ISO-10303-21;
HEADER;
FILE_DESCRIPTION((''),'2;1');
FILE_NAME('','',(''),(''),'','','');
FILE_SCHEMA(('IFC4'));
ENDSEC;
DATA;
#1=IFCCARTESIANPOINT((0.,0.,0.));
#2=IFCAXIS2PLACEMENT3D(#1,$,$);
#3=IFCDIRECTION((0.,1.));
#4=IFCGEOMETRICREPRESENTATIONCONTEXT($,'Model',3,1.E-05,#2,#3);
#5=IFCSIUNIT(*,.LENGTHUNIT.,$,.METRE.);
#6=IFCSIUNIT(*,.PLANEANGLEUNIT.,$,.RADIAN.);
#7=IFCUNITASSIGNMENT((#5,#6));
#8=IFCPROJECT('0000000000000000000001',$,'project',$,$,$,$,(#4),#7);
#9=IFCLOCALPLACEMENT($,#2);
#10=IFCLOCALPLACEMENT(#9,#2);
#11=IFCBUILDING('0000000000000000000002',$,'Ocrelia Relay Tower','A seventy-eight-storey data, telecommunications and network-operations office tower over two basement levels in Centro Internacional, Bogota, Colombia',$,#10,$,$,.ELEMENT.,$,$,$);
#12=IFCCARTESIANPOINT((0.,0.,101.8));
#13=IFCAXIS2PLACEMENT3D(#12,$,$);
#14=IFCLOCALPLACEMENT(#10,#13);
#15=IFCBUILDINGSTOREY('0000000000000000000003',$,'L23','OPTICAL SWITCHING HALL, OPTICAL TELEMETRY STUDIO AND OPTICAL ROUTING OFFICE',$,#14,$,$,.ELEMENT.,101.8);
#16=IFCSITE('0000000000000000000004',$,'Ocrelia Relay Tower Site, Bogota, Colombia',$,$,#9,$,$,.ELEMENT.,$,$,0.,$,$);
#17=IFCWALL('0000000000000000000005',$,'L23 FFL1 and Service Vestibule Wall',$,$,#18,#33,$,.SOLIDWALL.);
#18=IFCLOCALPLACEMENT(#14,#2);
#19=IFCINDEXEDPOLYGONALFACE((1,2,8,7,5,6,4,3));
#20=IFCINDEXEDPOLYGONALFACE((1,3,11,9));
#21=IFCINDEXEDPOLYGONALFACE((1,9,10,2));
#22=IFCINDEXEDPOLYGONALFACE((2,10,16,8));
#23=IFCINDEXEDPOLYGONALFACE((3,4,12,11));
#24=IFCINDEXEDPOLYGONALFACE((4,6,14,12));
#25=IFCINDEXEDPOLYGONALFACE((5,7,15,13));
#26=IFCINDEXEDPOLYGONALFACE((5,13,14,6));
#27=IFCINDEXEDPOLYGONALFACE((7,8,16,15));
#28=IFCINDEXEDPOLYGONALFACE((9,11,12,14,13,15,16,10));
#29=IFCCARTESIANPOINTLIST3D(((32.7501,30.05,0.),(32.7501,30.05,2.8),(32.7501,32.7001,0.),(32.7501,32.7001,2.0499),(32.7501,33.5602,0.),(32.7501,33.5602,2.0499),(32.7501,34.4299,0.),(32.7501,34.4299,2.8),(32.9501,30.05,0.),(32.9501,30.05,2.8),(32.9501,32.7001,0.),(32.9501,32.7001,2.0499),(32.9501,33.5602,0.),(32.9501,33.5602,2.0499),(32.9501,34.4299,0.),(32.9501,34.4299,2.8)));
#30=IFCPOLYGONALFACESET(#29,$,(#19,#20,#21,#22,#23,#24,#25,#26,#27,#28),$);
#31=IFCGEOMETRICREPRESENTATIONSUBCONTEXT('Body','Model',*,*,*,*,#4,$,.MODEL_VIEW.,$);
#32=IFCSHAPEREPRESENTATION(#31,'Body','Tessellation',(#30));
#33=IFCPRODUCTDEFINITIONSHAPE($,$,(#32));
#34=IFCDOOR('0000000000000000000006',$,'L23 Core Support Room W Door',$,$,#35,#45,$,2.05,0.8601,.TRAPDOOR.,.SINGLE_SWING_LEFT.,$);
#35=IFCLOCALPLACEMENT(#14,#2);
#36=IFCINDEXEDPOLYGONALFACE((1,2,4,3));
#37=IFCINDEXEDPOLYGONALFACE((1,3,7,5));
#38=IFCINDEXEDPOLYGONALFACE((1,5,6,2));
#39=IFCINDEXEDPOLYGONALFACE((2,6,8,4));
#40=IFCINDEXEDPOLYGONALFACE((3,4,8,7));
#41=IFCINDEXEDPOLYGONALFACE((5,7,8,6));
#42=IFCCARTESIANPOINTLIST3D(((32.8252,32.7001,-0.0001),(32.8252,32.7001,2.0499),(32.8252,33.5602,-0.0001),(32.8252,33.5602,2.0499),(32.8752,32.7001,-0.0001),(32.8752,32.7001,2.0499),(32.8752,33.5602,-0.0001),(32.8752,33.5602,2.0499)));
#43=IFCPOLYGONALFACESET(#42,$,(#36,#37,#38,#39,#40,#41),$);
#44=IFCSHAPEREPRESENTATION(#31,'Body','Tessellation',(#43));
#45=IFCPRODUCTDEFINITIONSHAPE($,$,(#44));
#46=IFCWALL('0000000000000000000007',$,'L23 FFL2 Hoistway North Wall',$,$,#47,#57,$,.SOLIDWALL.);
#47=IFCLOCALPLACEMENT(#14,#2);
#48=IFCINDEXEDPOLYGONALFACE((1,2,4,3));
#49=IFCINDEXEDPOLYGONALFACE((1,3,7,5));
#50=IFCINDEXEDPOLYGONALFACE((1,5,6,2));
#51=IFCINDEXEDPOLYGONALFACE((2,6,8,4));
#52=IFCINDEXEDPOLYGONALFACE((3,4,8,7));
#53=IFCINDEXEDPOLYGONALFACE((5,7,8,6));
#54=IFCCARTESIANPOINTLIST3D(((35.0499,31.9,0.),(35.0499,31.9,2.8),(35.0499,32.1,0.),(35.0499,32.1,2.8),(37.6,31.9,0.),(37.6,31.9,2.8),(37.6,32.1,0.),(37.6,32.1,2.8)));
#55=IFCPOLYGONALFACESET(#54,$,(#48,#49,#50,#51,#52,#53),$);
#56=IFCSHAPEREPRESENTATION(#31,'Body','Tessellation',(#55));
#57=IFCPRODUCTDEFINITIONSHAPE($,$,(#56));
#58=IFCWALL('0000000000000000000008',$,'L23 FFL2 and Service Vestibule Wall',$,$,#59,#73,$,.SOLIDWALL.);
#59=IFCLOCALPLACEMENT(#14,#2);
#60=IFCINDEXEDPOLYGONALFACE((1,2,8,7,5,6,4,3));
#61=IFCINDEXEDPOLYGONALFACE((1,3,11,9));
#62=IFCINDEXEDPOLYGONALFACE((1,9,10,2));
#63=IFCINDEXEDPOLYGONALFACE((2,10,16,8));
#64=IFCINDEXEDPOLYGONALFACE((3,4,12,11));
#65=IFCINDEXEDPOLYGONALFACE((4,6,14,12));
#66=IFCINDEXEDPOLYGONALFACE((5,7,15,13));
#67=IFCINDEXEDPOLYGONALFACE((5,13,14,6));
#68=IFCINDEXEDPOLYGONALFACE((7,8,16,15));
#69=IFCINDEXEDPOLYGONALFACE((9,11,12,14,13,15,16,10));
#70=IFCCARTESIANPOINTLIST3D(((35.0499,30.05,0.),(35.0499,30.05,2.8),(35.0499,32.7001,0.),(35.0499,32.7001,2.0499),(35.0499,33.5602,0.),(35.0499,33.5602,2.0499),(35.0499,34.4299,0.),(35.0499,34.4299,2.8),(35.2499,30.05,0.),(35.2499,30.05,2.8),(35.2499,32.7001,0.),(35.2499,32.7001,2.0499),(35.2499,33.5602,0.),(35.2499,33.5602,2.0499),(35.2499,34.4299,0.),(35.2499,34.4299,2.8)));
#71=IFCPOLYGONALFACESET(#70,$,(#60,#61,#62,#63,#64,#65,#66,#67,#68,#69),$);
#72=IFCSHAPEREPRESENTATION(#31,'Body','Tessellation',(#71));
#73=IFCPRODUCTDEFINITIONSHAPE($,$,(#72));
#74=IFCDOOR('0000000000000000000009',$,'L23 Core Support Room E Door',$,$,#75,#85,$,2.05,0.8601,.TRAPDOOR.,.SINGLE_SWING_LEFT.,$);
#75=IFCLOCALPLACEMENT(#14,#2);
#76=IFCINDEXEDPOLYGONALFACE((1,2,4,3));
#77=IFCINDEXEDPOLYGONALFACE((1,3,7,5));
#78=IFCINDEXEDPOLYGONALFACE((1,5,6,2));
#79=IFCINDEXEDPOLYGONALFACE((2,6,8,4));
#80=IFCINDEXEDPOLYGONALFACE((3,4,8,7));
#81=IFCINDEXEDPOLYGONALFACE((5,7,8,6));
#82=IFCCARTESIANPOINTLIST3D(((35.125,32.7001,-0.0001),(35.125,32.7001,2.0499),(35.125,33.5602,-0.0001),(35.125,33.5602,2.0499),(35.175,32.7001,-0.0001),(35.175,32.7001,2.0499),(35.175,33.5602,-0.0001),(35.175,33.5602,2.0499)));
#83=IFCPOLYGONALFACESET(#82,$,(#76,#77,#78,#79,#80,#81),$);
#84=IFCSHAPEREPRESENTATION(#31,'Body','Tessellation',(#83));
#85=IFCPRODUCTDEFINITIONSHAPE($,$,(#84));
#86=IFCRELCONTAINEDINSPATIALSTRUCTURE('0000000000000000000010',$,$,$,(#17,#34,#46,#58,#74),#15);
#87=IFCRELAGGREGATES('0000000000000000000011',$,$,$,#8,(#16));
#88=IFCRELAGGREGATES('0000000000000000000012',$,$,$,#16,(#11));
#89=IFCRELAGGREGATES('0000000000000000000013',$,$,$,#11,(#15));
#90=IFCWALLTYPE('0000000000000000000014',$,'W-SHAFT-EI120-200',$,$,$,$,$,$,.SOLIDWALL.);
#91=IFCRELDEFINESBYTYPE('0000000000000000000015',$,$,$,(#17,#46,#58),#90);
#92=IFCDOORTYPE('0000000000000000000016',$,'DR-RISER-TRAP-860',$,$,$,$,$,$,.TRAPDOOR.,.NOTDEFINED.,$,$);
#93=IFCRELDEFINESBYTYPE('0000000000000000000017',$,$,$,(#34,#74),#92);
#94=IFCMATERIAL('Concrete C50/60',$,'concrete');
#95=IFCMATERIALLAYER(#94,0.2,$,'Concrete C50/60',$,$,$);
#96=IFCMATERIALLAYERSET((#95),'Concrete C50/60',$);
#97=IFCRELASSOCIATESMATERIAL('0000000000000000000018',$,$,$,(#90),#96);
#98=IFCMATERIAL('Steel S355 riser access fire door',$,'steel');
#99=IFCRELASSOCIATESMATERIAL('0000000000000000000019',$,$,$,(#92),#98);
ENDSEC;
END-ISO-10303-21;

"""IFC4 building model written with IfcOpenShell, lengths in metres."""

from ifc_helpers import new_model, si_unit, direction, frame, frame_2d, origin, place, context, subcontext, project, spatial, rectangle, extrude, material, layer, layer_set, type_object, element, fill, save


model = new_model("IFC4")

# Units and contexts
model_context = context("Model", 3, precision=1e-05, world=origin(), true_north=direction((0.0, 1.0)))
body_context = subcontext(model_context, "Body", "Model", "MODEL_VIEW")
ifc_project = project(units=[si_unit("LENGTHUNIT", "METRE"), si_unit("PLANEANGLEUNIT", "RADIAN")], contexts=[model_context])

# Site, building, storey
site_placement = place(None, origin())
site = spatial("IfcSite", under=ifc_project, at=site_placement, Name="Ocrelia Relay Tower Site, Bogota, Colombia", CompositionType="ELEMENT", RefElevation=0.0)
building_placement = place(site_placement, origin())
building = spatial("IfcBuilding", under=site, at=building_placement, Name="Ocrelia Relay Tower", Description="A seventy-eight-storey data, telecommunications and network-operations office tower over two basement levels in Centro Internacional, Bogota, Colombia", CompositionType="ELEMENT")
storey_placement = place(building_placement, frame((0.0, 0.0, 101.8)))
storey = spatial("IfcBuildingStorey", under=building, at=storey_placement, Name="L23", Description="OPTICAL SWITCHING HALL, OPTICAL TELEMETRY STUDIO AND OPTICAL ROUTING OFFICE", CompositionType="ELEMENT", Elevation=101.8)

# Shared definitions
ifc_material_1 = material(Name="Concrete C50/60", Category="concrete")

# Wall, opening, door
ifc_layer_1 = layer(ifc_material_1, 0.2, Name="Concrete C50/60")
ifc_layer_set_1 = layer_set([ifc_layer_1], Name="Concrete C50/60")
wall_type_1 = type_object("IfcWallType", Name="W-SHAFT-EI120-200", PredefinedType="SOLIDWALL", material=ifc_layer_set_1)
wall_1_placement = place(storey_placement, frame((32.8501, 30.05, 0.0), z_axis=(0.0, 0.0, 1.0), x_axis=(0.0, 1.0, 0.0)))
wall_1 = element("IfcWall", 1, at=wall_1_placement, inside=storey, type_object=wall_type_1, Name="L23 FFL1 and Service Vestibule Wall", PredefinedType="SOLIDWALL", context=body_context, shape_type="SweptSolid", body=[
    extrude(rectangle(XDim=4.3799, YDim=0.2, at=frame_2d((2.1899, 0.0))), origin(), (0.0, 0.0, 1.0), 2.8),
])
opening_1_placement = place(wall_1_placement, frame((2.6499, 0.0, 0.0)))
opening_1 = element("IfcOpeningElement", 2, at=opening_1_placement, cuts=wall_1, PredefinedType="OPENING", context=body_context, shape_type="SweptSolid", body=[
    extrude(rectangle(XDim=0.8601, YDim=2.05, at=frame_2d((0.4302, 1.0249))), frame((0.0, 0.1099, 0.0), z_axis=(0.0, -1.0, 0.0), x_axis=(1.0, 0.0, 0.0)), (0.0, 0.0, 1.0), 0.22),
])
ifc_material_2 = material(Name="Steel S355 riser access fire door", Category="steel")
door_type_1 = type_object("IfcDoorType", Name="DR-RISER-TRAP-860", OperationType="NOTDEFINED", PredefinedType="TRAPDOOR", material=ifc_material_2)
door_1_placement = place(opening_1_placement, origin())
door_1 = element("IfcDoor", 3, at=door_1_placement, inside=storey, type_object=door_type_1, Name="L23 Core Support Room W Door", OperationType="SINGLE_SWING_LEFT", OverallHeight=2.05, OverallWidth=0.8601, PredefinedType="TRAPDOOR", context=body_context, shape_type="SweptSolid", body=[
    extrude(rectangle(XDim=0.8601, YDim=2.05, at=frame_2d((0.4302, 1.0249))), frame((0.0, 0.0249, 0.0), z_axis=(0.0, -1.0, 0.0), x_axis=(1.0, 0.0, 0.0)), (0.0, 0.0, 1.0), 0.05),
])
fill(opening_1, door_1)

# Wall
wall_2_placement = place(storey_placement, frame((35.05, 32.0, 0.0), z_axis=(0.0, 0.0, 1.0), x_axis=(1.0, 0.0, 0.0)))
element("IfcWall", 4, at=wall_2_placement, inside=storey, type_object=wall_type_1, Name="L23 FFL2 Hoistway North Wall", PredefinedType="SOLIDWALL", context=body_context, shape_type="SweptSolid", body=[
    extrude(rectangle(XDim=2.55, YDim=0.2, at=frame_2d((1.2749, 0.0))), origin(), (0.0, 0.0, 1.0), 2.8),
])

# Wall, opening, door
wall_3_placement = place(storey_placement, frame((35.1499, 30.05, 0.0), z_axis=(0.0, 0.0, 1.0), x_axis=(0.0, 1.0, 0.0)))
wall_3 = element("IfcWall", 5, at=wall_3_placement, inside=storey, type_object=wall_type_1, Name="L23 FFL2 and Service Vestibule Wall", PredefinedType="SOLIDWALL", context=body_context, shape_type="SweptSolid", body=[
    extrude(rectangle(XDim=4.3799, YDim=0.2, at=frame_2d((2.1899, 0.0))), origin(), (0.0, 0.0, 1.0), 2.8),
])
opening_2_placement = place(wall_3_placement, frame((2.6499, 0.0, 0.0)))
opening_2 = element("IfcOpeningElement", 6, at=opening_2_placement, cuts=wall_3, PredefinedType="OPENING", context=body_context, shape_type="SweptSolid", body=[
    extrude(rectangle(XDim=0.8601, YDim=2.05, at=frame_2d((0.4302, 1.0249))), frame((0.0, 0.1099, 0.0), z_axis=(0.0, -1.0, 0.0), x_axis=(1.0, 0.0, 0.0)), (0.0, 0.0, 1.0), 0.22),
])
door_2_placement = place(opening_2_placement, origin())
door_2 = element("IfcDoor", 7, at=door_2_placement, inside=storey, type_object=door_type_1, Name="L23 Core Support Room E Door", OperationType="SINGLE_SWING_LEFT", OverallHeight=2.05, OverallWidth=0.8601, PredefinedType="TRAPDOOR", context=body_context, shape_type="SweptSolid", body=[
    extrude(rectangle(XDim=0.8601, YDim=2.05, at=frame_2d((0.4302, 1.0249))), frame((0.0, 0.0249, 0.0), z_axis=(0.0, -1.0, 0.0), x_axis=(1.0, 0.0, 0.0)), (0.0, 0.0, 1.0), 0.05),
])
fill(opening_2, door_2)

save(model, "model.ifc")
